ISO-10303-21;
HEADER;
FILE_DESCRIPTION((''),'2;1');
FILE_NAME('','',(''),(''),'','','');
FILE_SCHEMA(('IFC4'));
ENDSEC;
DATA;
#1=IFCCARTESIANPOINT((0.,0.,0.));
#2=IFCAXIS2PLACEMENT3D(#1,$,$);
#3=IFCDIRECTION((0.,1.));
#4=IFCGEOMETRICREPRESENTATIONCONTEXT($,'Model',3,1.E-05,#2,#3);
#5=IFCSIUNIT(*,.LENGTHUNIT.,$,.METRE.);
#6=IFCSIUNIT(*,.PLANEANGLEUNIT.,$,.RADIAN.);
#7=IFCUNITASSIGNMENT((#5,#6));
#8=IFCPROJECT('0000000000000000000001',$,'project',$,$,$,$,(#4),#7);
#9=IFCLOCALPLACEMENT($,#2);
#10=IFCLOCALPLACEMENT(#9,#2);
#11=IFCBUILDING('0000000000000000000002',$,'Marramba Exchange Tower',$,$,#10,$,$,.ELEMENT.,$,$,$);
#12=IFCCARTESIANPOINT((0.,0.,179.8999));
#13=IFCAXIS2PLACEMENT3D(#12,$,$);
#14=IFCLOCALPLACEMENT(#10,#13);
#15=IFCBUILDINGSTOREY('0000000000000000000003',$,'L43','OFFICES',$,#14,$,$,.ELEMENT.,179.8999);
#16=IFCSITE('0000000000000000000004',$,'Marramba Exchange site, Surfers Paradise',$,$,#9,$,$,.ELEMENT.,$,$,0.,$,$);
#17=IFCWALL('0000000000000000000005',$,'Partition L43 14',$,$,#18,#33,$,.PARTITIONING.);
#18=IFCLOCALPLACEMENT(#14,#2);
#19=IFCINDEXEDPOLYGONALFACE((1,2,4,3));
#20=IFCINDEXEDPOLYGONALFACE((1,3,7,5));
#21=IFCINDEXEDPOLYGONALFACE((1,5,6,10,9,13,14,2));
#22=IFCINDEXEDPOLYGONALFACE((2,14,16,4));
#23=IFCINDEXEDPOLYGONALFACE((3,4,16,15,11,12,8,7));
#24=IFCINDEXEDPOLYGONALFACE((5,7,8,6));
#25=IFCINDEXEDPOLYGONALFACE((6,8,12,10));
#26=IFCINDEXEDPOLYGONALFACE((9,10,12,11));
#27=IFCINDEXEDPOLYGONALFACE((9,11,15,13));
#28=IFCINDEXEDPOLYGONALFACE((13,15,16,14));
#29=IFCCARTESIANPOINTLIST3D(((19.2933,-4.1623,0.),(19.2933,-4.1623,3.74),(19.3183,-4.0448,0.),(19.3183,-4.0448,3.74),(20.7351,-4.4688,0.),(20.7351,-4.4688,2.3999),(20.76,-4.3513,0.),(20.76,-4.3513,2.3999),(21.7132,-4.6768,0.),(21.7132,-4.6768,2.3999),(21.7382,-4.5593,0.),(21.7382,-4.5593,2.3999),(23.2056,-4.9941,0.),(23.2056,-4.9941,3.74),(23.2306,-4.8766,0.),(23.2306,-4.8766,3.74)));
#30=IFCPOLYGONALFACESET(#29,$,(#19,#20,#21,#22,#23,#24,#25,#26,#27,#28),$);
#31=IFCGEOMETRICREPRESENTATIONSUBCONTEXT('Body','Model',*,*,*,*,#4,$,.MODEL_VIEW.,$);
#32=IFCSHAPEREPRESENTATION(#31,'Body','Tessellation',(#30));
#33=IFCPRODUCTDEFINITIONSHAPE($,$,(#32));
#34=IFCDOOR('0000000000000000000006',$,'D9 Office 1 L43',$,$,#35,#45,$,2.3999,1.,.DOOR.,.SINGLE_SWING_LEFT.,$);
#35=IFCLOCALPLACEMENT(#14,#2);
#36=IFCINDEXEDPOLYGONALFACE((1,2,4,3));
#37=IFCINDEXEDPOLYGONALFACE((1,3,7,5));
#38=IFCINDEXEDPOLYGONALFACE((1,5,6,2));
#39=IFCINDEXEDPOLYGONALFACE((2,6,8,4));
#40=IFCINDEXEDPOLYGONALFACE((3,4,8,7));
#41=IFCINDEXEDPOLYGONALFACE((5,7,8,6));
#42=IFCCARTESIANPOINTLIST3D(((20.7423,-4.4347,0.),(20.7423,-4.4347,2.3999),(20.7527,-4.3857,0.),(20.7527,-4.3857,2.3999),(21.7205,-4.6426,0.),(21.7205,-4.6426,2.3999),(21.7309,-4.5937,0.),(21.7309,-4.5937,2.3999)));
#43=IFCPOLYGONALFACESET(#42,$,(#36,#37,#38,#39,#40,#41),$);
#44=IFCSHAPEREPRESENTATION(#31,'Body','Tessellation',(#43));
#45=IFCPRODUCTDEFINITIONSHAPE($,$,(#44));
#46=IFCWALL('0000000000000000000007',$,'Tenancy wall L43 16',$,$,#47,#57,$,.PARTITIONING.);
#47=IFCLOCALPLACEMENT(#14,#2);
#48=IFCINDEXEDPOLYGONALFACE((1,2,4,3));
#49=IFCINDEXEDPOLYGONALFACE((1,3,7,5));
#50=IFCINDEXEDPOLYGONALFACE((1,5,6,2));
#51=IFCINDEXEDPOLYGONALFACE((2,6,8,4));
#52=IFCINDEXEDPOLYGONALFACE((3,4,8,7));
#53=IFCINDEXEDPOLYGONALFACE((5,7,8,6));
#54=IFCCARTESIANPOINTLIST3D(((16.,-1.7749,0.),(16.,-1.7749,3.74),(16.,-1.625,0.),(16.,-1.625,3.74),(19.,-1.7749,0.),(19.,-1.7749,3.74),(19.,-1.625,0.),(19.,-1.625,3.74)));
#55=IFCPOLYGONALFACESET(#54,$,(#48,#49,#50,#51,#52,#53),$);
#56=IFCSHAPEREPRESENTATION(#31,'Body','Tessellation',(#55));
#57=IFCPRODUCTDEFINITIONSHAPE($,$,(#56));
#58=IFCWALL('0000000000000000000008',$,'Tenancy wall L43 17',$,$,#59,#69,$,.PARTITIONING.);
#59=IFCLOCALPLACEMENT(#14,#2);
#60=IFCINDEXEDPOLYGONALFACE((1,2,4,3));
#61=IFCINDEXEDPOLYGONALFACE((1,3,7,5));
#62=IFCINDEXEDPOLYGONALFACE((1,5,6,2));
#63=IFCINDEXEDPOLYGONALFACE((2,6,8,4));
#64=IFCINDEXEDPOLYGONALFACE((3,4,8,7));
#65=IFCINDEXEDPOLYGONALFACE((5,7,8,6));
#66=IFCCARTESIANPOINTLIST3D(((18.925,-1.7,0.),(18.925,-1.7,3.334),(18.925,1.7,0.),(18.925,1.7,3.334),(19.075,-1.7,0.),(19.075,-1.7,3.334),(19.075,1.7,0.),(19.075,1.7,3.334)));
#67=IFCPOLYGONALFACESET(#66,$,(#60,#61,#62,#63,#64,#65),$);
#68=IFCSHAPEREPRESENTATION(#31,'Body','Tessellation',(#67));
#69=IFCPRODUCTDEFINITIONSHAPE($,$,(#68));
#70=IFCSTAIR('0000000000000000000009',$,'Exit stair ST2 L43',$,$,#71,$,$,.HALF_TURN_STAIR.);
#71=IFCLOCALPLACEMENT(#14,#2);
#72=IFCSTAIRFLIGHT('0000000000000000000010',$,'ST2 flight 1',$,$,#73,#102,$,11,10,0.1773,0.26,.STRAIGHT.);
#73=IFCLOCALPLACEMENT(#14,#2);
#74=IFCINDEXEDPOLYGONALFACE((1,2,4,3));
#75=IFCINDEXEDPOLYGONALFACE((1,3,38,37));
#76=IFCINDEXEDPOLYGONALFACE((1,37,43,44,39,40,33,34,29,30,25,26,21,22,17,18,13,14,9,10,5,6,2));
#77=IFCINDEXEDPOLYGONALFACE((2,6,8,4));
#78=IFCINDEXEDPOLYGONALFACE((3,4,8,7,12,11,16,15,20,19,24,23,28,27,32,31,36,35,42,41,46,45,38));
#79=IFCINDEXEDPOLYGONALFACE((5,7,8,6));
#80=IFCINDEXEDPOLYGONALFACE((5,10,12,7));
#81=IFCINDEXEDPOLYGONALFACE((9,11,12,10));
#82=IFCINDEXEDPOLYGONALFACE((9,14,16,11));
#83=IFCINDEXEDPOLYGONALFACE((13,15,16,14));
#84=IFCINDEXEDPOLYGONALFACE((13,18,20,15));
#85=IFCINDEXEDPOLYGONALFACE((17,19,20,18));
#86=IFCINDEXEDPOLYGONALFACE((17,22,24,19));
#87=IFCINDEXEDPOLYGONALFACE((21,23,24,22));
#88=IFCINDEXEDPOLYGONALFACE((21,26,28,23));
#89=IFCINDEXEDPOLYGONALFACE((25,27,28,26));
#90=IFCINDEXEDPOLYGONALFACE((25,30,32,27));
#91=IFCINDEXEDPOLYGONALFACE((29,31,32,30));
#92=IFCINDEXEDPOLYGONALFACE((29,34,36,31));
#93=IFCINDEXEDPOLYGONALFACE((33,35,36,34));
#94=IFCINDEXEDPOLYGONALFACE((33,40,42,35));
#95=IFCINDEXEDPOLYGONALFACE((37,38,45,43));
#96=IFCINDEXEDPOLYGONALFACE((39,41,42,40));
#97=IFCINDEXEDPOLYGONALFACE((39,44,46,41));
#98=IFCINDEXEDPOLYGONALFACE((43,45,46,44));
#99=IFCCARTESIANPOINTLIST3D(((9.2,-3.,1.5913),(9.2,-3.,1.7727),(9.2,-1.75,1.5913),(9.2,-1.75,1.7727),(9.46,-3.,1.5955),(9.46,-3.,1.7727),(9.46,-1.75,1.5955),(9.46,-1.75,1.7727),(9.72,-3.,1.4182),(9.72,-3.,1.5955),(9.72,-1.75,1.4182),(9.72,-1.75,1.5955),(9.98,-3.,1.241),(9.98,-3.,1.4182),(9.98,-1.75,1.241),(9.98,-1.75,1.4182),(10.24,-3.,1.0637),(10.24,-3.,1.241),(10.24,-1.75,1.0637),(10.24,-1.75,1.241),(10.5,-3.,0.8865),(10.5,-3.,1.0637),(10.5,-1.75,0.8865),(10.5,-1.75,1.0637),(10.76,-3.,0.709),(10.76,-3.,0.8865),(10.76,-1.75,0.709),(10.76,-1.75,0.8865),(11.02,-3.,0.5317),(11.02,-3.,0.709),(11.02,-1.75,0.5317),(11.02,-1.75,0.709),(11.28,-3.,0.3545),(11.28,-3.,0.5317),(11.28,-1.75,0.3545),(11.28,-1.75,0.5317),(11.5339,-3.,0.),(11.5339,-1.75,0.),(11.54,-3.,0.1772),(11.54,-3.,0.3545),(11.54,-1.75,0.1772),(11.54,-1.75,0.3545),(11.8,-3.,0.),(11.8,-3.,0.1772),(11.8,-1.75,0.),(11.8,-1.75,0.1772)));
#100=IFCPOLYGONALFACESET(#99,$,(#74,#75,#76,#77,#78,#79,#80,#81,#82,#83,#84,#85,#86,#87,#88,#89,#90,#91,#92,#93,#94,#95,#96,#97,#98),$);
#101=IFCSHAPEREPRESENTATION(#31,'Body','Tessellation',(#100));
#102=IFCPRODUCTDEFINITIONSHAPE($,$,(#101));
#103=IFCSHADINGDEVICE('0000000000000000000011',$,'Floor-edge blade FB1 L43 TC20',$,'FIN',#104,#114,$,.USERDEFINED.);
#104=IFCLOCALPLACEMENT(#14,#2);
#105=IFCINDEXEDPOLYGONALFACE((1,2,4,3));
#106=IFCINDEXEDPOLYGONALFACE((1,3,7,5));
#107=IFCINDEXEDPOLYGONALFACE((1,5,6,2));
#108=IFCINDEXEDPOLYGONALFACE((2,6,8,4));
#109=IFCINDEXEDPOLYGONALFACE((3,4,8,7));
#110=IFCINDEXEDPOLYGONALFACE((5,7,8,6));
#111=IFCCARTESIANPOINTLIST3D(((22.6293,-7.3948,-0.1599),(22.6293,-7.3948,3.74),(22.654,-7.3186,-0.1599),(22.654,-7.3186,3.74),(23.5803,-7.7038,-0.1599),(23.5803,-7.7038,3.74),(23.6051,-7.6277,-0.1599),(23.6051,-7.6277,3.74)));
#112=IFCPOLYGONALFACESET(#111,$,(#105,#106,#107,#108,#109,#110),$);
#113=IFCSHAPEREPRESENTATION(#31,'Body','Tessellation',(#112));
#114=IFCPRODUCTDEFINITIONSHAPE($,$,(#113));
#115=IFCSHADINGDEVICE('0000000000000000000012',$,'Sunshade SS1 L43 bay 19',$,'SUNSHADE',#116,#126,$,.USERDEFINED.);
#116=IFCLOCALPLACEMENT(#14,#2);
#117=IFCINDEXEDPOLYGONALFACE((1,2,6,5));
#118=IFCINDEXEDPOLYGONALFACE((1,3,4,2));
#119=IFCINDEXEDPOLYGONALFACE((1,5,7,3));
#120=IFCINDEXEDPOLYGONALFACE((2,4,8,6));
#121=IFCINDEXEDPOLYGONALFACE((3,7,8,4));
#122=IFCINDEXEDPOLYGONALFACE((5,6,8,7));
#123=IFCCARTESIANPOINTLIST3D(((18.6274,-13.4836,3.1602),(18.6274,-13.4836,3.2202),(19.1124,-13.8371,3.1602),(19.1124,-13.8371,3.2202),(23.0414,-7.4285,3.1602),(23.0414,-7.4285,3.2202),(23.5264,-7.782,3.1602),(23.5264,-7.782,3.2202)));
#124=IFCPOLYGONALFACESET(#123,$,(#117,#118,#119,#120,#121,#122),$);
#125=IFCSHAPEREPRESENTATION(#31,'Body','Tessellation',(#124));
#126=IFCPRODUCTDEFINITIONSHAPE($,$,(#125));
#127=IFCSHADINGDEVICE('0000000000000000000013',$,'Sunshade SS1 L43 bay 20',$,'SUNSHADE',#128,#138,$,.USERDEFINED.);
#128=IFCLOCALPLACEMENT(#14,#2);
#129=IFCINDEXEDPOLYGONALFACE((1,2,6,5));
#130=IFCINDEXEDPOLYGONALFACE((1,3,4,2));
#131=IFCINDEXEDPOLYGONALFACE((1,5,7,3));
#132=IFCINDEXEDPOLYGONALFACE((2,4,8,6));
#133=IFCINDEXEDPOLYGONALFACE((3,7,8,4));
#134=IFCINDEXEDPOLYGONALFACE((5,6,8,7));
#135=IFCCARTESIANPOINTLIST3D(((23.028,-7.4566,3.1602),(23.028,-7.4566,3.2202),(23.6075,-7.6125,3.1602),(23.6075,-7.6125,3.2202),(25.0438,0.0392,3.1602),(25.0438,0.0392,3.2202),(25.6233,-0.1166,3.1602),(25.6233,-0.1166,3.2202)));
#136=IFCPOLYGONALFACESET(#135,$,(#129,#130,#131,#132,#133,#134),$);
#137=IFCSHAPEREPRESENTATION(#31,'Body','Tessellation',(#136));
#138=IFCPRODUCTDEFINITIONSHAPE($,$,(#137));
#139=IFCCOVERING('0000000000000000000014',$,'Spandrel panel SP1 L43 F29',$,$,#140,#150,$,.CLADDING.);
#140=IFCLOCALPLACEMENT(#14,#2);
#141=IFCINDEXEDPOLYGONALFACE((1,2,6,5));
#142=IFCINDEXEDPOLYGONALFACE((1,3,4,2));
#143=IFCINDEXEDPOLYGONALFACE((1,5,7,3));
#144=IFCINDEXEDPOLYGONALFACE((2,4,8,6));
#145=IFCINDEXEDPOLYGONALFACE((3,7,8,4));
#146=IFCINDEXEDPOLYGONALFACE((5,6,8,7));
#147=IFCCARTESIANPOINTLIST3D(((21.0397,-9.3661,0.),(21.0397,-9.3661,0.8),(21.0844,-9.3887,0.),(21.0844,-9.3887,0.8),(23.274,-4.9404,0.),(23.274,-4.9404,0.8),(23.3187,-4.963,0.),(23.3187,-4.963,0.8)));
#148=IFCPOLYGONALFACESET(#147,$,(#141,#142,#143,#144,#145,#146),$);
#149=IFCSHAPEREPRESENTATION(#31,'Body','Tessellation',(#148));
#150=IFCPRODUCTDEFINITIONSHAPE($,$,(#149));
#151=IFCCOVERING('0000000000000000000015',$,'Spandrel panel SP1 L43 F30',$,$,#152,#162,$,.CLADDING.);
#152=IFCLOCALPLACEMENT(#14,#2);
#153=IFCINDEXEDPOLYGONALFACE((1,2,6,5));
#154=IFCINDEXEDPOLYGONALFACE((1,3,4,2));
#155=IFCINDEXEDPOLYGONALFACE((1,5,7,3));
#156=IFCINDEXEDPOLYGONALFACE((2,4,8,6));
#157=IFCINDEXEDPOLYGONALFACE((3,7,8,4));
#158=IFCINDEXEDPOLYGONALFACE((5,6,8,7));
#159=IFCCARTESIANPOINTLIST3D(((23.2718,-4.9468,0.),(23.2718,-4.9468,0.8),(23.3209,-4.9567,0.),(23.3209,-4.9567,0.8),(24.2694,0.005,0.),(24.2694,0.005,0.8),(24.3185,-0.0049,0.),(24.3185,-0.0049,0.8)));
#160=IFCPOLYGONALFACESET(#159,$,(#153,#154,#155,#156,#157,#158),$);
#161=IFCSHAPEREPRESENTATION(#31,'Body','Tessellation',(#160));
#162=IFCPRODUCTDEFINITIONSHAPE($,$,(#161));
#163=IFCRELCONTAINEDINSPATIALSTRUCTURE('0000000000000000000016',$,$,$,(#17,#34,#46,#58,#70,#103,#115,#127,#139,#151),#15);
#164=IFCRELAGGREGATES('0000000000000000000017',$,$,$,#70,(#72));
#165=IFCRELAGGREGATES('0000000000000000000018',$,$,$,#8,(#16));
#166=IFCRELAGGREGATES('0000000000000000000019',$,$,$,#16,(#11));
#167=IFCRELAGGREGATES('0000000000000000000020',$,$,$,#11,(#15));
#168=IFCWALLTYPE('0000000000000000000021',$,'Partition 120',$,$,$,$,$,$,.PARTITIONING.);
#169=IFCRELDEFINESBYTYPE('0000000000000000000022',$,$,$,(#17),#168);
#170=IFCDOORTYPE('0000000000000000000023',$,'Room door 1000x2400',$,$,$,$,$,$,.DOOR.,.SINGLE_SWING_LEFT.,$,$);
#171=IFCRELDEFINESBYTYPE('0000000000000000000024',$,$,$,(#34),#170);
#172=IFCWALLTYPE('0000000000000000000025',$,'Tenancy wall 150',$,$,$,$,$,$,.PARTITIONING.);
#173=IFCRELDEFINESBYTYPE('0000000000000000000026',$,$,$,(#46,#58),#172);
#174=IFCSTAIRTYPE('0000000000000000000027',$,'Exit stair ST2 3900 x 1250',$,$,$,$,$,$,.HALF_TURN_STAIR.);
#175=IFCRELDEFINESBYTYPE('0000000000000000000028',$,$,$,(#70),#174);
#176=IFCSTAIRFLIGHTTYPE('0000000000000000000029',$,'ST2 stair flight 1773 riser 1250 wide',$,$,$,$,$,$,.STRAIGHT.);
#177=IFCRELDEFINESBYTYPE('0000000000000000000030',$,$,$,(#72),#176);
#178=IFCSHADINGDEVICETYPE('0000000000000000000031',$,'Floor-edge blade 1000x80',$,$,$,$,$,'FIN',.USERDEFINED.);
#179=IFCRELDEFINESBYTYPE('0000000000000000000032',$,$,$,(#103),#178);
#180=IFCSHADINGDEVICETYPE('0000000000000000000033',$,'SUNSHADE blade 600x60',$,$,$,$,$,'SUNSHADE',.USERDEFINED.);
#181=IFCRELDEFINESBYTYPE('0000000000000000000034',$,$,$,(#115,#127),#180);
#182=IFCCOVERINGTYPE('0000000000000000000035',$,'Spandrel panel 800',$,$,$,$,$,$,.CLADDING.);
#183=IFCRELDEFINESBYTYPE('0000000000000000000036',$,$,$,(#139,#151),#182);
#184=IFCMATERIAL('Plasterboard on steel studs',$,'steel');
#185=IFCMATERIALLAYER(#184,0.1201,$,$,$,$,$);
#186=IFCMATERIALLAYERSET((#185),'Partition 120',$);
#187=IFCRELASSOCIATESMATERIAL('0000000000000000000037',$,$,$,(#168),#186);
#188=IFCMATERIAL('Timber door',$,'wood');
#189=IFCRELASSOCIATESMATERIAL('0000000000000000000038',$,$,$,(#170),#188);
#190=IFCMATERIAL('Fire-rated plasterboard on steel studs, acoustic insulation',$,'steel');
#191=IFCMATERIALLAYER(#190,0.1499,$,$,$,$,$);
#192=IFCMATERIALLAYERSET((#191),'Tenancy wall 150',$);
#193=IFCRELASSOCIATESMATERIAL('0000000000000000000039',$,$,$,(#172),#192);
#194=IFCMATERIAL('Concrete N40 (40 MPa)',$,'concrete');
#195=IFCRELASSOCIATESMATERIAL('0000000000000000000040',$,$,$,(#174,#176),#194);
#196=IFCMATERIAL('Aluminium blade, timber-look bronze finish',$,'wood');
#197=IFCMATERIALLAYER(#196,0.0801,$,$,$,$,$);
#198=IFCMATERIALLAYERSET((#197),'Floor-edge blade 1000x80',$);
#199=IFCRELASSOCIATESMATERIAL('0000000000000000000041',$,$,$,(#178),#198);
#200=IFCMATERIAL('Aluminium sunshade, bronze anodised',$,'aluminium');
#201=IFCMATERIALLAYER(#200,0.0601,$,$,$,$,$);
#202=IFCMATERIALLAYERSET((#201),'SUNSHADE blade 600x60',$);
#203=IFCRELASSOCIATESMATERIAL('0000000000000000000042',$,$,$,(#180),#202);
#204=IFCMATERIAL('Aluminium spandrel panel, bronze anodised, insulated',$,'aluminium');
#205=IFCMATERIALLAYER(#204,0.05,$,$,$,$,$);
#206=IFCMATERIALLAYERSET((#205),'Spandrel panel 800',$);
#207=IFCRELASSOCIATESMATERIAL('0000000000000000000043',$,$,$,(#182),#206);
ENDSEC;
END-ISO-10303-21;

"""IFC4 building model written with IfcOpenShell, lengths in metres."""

from ifc_helpers import new_model, si_unit, direction, frame, frame_2d, origin, origin_2d, place, context, subcontext, project, spatial, polyline, rectangle, outline, extrude, material, layer, layer_set, type_object, element, fill, aggregate, save


model = new_model("IFC4")

# Units and contexts
model_context = context("Model", 3, precision=1e-05, world=origin(), true_north=direction((0.0, 1.0)))
body_context = subcontext(model_context, "Body", "Model", "MODEL_VIEW")
ifc_project = project(units=[si_unit("LENGTHUNIT", "METRE"), si_unit("PLANEANGLEUNIT", "RADIAN")], contexts=[model_context])

# Site, building, storey
site_placement = place(None, origin())
site = spatial("IfcSite", under=ifc_project, at=site_placement, Name="Marramba Exchange site, Surfers Paradise", CompositionType="ELEMENT", RefElevation=0.0)
building_placement = place(site_placement, origin())
building = spatial("IfcBuilding", under=site, at=building_placement, Name="Marramba Exchange Tower", CompositionType="ELEMENT")
storey_placement = place(building_placement, frame((0.0, 0.0, 179.8999)))
storey = spatial("IfcBuildingStorey", under=building, at=storey_placement, Name="L43", Description="OFFICES", CompositionType="ELEMENT", Elevation=179.8999)

# Wall, opening, door
ifc_material_1 = material(Name="Plasterboard on steel studs", Category="steel")
ifc_layer_1 = layer(ifc_material_1, 0.1201)
ifc_layer_set_1 = layer_set([ifc_layer_1], Name="Partition 120")
wall_type_1 = type_object("IfcWallType", Name="Partition 120", PredefinedType="PARTITIONING", material=ifc_layer_set_1)
wall_1_placement = place(storey_placement, frame((19.3057, -4.1035, 0.0), z_axis=(0.0, 0.0, 1.0), x_axis=(0.978138, -0.207957, 0.0)))
wall_1 = element("IfcWall", 1, at=wall_1_placement, inside=storey, type_object=wall_type_1, Name="Partition L43 14", PredefinedType="PARTITIONING", context=body_context, shape_type="SweptSolid", body=[
    extrude(rectangle(XDim=3.9998, YDim=0.1201, at=frame_2d((2.0, 0.0))), origin(), (0.0, 0.0, 1.0), 3.74),
])
opening_1_placement = place(wall_1_placement, frame((1.4741, 0.0, 0.0)))
opening_1 = element("IfcOpeningElement", 2, at=opening_1_placement, cuts=wall_1, PredefinedType="OPENING", context=body_context, shape_type="SweptSolid", body=[
    extrude(rectangle(XDim=1.0, YDim=2.3999, at=frame_2d((0.5, 1.2))), frame((0.0, 0.0701, 0.0), z_axis=(0.0, -1.0, 0.0), x_axis=(1.0, 0.0, 0.0)), (0.0, 0.0, 1.0), 0.1401),
])
ifc_material_2 = material(Name="Timber door", Category="wood")
door_type_1 = type_object("IfcDoorType", Name="Room door 1000x2400", OperationType="SINGLE_SWING_LEFT", PredefinedType="DOOR", material=ifc_material_2)
door_1_placement = place(opening_1_placement, origin())
door_1 = element("IfcDoor", 3, at=door_1_placement, inside=storey, type_object=door_type_1, Name="D9 Office 1 L43", OperationType="SINGLE_SWING_LEFT", OverallHeight=2.3999, OverallWidth=1.0, PredefinedType="DOOR", context=body_context, shape_type="SweptSolid", body=[
    extrude(rectangle(XDim=1.0, YDim=2.3999, at=frame_2d((0.5, 1.2))), frame((0.0, 0.0249, 0.0), z_axis=(0.0, -1.0, 0.0), x_axis=(1.0, 0.0, 0.0)), (0.0, 0.0, 1.0), 0.05),
])
fill(opening_1, door_1)

# Walls
ifc_material_3 = material(Name="Fire-rated plasterboard on steel studs, acoustic insulation", Category="steel")
ifc_layer_2 = layer(ifc_material_3, 0.1499)
ifc_layer_set_2 = layer_set([ifc_layer_2], Name="Tenancy wall 150")
wall_type_2 = type_object("IfcWallType", Name="Tenancy wall 150", PredefinedType="PARTITIONING", material=ifc_layer_set_2)
wall_2_placement = place(storey_placement, frame((16.0, -1.7, 0.0), z_axis=(0.0, 0.0, 1.0), x_axis=(1.0, 0.0, 0.0)))
element("IfcWall", 4, at=wall_2_placement, inside=storey, type_object=wall_type_2, Name="Tenancy wall L43 16", PredefinedType="PARTITIONING", context=body_context, shape_type="SweptSolid", body=[
    extrude(rectangle(XDim=3.0, YDim=0.1499, at=frame_2d((1.5, 0.0))), origin(), (0.0, 0.0, 1.0), 3.74),
])
wall_3_placement = place(storey_placement, frame((19.0, -1.7, 0.0), z_axis=(0.0, 0.0, 1.0), x_axis=(0.0, 1.0, 0.0)))
element("IfcWall", 5, at=wall_3_placement, inside=storey, type_object=wall_type_2, Name="Tenancy wall L43 17", PredefinedType="PARTITIONING", context=body_context, shape_type="SweptSolid", body=[
    extrude(rectangle(XDim=3.3999, YDim=0.1499, at=frame_2d((1.7, 0.0))), origin(), (0.0, 0.0, 1.0), 3.334),
])

# Stair, stair flight
ifc_material_4 = material(Name="Concrete N40 (40 MPa)", Category="concrete")
stair_type = type_object("IfcStairType", Name="Exit stair ST2 3900 x 1250", PredefinedType="HALF_TURN_STAIR", material=ifc_material_4)
stair_placement = place(storey_placement, origin())
stair = element("IfcStair", 6, at=stair_placement, inside=storey, type_object=stair_type, Name="Exit stair ST2 L43", PredefinedType="HALF_TURN_STAIR")
stair_flight_type = type_object("IfcStairFlightType", Name="ST2 stair flight 1773 riser 1250 wide", PredefinedType="STRAIGHT", material=ifc_material_4)
stair_flight_placement = place(storey_placement, frame((11.8, -2.375, 0.0), z_axis=(0.0, 0.0, 1.0), x_axis=(-1.0, 0.0, 0.0)))
stair_flight = element("IfcStairFlight", 7, at=stair_flight_placement, type_object=stair_flight_type, Name="ST2 flight 1", NumberOfRisers=11, NumberOfTreads=10, PredefinedType="STRAIGHT", RiserHeight=0.1773, TreadLength=0.26, context=body_context, shape_type="SweptSolid", body=[
    extrude(outline(polyline([(0.0, 0.0), (0.0, 0.1772), (0.26, 0.1772), (0.26, 0.3545), (0.52, 0.3545), (0.52, 0.5317), (0.78, 0.5317), (0.78, 0.709), (1.04, 0.709), (1.04, 0.8865), (1.3, 0.8865), (1.3, 1.0637), (1.5601, 1.0637), (1.5601, 1.241), (1.8201, 1.241), (1.8201, 1.4182), (2.0801, 1.4182), (2.0801, 1.5955), (2.3401, 1.5955), (2.3401, 1.7727), (2.6001, 1.7727), (2.6001, 1.95), (2.6001, 1.5913), (0.2661, 0.0), (0.0, 0.0)])), frame((0.0, 0.625, 0.0), z_axis=(0.0, -1.0, 0.0), x_axis=(1.0, 0.0, 0.0)), (0.0, 0.0, 1.0), 1.25),
])
aggregate(stair, [stair_flight])

# Shading devices
ifc_material_5 = material(Name="Aluminium blade, timber-look bronze finish", Category="wood")
ifc_layer_3 = layer(ifc_material_5, 0.0801)
ifc_layer_set_3 = layer_set([ifc_layer_3], Name="Floor-edge blade 1000x80")
shading_device_type_1 = type_object("IfcShadingDeviceType", Name="Floor-edge blade 1000x80", ElementType="FIN", PredefinedType="USERDEFINED", material=ifc_layer_set_3)
shading_device_1_placement = place(storey_placement, frame((23.1172, -7.5112, -0.1599), z_axis=(0.0, 0.0, 1.0), x_axis=(0.951057, -0.309017, 0.0)))
element("IfcShadingDevice", 8, at=shading_device_1_placement, inside=storey, type_object=shading_device_type_1, Name="Floor-edge blade FB1 L43 TC20", ObjectType="FIN", PredefinedType="USERDEFINED", context=body_context, shape_type="SweptSolid", body=[
    extrude(rectangle(XDim=1.0, YDim=0.0801, at=origin_2d()), origin(), (0.0, 0.0, 1.0), 3.8999),
])
ifc_material_6 = material(Name="Aluminium sunshade, bronze anodised", Category="aluminium")
ifc_layer_4 = layer(ifc_material_6, 0.0601)
ifc_layer_set_4 = layer_set([ifc_layer_4], Name="SUNSHADE blade 600x60")
shading_device_type_2 = type_object("IfcShadingDeviceType", Name="SUNSHADE blade 600x60", ElementType="SUNSHADE", PredefinedType="USERDEFINED", material=ifc_layer_set_4)
shading_device_2_placement = place(storey_placement, frame((21.0769, -10.6328, 3.1602), z_axis=(0.0, 0.0, 1.0), x_axis=(0.589072, 0.808081, 0.0)))
element("IfcShadingDevice", 9, at=shading_device_2_placement, inside=storey, type_object=shading_device_type_2, Name="Sunshade SS1 L43 bay 19", ObjectType="SUNSHADE", PredefinedType="USERDEFINED", context=body_context, shape_type="SweptSolid", body=[
    extrude(rectangle(XDim=7.4932, YDim=0.6001, at=origin_2d()), origin(), (0.0, 0.0, 1.0), 0.0601),
])
shading_device_3_placement = place(storey_placement, frame((24.3257, -3.7866, 3.1602), z_axis=(0.0, 0.0, 1.0), x_axis=(0.259692, 0.965691, 0.0)))
element("IfcShadingDevice", 10, at=shading_device_3_placement, inside=storey, type_object=shading_device_type_2, Name="Sunshade SS1 L43 bay 20", ObjectType="SUNSHADE", PredefinedType="USERDEFINED", context=body_context, shape_type="SweptSolid", body=[
    extrude(rectangle(XDim=7.7622, YDim=0.6001, at=origin_2d()), origin(), (0.0, 0.0, 1.0), 0.0601),
])

# Coverings
ifc_material_7 = material(Name="Aluminium spandrel panel, bronze anodised, insulated", Category="aluminium")
ifc_layer_5 = layer(ifc_material_7, 0.05)
ifc_layer_set_5 = layer_set([ifc_layer_5], Name="Spandrel panel 800")
covering_type = type_object("IfcCoveringType", Name="Spandrel panel 800", PredefinedType="CLADDING", material=ifc_layer_set_5)
covering_1_placement = place(storey_placement, frame((22.1792, -7.1646, 0.0), z_axis=(0.0, 0.0, 1.0), x_axis=(0.450673, 0.892689, 0.0)))
element("IfcCovering", 11, at=covering_1_placement, inside=storey, type_object=covering_type, Name="Spandrel panel SP1 L43 F29", PredefinedType="CLADDING", context=body_context, shape_type="SweptSolid", body=[
    extrude(rectangle(XDim=4.9578, YDim=0.05, at=origin_2d()), origin(), (0.0, 0.0, 1.0), 0.8),
])
covering_2_placement = place(storey_placement, frame((23.7952, -2.4758, 0.0), z_axis=(0.0, 0.0, 1.0), x_axis=(0.197495, 0.980304, 0.0)))
element("IfcCovering", 12, at=covering_2_placement, inside=storey, type_object=covering_type, Name="Spandrel panel SP1 L43 F30", PredefinedType="CLADDING", context=body_context, shape_type="SweptSolid", body=[
    extrude(rectangle(XDim=5.0513, YDim=0.05, at=origin_2d()), origin(), (0.0, 0.0, 1.0), 0.8),
])

save(model, "model.ifc")
